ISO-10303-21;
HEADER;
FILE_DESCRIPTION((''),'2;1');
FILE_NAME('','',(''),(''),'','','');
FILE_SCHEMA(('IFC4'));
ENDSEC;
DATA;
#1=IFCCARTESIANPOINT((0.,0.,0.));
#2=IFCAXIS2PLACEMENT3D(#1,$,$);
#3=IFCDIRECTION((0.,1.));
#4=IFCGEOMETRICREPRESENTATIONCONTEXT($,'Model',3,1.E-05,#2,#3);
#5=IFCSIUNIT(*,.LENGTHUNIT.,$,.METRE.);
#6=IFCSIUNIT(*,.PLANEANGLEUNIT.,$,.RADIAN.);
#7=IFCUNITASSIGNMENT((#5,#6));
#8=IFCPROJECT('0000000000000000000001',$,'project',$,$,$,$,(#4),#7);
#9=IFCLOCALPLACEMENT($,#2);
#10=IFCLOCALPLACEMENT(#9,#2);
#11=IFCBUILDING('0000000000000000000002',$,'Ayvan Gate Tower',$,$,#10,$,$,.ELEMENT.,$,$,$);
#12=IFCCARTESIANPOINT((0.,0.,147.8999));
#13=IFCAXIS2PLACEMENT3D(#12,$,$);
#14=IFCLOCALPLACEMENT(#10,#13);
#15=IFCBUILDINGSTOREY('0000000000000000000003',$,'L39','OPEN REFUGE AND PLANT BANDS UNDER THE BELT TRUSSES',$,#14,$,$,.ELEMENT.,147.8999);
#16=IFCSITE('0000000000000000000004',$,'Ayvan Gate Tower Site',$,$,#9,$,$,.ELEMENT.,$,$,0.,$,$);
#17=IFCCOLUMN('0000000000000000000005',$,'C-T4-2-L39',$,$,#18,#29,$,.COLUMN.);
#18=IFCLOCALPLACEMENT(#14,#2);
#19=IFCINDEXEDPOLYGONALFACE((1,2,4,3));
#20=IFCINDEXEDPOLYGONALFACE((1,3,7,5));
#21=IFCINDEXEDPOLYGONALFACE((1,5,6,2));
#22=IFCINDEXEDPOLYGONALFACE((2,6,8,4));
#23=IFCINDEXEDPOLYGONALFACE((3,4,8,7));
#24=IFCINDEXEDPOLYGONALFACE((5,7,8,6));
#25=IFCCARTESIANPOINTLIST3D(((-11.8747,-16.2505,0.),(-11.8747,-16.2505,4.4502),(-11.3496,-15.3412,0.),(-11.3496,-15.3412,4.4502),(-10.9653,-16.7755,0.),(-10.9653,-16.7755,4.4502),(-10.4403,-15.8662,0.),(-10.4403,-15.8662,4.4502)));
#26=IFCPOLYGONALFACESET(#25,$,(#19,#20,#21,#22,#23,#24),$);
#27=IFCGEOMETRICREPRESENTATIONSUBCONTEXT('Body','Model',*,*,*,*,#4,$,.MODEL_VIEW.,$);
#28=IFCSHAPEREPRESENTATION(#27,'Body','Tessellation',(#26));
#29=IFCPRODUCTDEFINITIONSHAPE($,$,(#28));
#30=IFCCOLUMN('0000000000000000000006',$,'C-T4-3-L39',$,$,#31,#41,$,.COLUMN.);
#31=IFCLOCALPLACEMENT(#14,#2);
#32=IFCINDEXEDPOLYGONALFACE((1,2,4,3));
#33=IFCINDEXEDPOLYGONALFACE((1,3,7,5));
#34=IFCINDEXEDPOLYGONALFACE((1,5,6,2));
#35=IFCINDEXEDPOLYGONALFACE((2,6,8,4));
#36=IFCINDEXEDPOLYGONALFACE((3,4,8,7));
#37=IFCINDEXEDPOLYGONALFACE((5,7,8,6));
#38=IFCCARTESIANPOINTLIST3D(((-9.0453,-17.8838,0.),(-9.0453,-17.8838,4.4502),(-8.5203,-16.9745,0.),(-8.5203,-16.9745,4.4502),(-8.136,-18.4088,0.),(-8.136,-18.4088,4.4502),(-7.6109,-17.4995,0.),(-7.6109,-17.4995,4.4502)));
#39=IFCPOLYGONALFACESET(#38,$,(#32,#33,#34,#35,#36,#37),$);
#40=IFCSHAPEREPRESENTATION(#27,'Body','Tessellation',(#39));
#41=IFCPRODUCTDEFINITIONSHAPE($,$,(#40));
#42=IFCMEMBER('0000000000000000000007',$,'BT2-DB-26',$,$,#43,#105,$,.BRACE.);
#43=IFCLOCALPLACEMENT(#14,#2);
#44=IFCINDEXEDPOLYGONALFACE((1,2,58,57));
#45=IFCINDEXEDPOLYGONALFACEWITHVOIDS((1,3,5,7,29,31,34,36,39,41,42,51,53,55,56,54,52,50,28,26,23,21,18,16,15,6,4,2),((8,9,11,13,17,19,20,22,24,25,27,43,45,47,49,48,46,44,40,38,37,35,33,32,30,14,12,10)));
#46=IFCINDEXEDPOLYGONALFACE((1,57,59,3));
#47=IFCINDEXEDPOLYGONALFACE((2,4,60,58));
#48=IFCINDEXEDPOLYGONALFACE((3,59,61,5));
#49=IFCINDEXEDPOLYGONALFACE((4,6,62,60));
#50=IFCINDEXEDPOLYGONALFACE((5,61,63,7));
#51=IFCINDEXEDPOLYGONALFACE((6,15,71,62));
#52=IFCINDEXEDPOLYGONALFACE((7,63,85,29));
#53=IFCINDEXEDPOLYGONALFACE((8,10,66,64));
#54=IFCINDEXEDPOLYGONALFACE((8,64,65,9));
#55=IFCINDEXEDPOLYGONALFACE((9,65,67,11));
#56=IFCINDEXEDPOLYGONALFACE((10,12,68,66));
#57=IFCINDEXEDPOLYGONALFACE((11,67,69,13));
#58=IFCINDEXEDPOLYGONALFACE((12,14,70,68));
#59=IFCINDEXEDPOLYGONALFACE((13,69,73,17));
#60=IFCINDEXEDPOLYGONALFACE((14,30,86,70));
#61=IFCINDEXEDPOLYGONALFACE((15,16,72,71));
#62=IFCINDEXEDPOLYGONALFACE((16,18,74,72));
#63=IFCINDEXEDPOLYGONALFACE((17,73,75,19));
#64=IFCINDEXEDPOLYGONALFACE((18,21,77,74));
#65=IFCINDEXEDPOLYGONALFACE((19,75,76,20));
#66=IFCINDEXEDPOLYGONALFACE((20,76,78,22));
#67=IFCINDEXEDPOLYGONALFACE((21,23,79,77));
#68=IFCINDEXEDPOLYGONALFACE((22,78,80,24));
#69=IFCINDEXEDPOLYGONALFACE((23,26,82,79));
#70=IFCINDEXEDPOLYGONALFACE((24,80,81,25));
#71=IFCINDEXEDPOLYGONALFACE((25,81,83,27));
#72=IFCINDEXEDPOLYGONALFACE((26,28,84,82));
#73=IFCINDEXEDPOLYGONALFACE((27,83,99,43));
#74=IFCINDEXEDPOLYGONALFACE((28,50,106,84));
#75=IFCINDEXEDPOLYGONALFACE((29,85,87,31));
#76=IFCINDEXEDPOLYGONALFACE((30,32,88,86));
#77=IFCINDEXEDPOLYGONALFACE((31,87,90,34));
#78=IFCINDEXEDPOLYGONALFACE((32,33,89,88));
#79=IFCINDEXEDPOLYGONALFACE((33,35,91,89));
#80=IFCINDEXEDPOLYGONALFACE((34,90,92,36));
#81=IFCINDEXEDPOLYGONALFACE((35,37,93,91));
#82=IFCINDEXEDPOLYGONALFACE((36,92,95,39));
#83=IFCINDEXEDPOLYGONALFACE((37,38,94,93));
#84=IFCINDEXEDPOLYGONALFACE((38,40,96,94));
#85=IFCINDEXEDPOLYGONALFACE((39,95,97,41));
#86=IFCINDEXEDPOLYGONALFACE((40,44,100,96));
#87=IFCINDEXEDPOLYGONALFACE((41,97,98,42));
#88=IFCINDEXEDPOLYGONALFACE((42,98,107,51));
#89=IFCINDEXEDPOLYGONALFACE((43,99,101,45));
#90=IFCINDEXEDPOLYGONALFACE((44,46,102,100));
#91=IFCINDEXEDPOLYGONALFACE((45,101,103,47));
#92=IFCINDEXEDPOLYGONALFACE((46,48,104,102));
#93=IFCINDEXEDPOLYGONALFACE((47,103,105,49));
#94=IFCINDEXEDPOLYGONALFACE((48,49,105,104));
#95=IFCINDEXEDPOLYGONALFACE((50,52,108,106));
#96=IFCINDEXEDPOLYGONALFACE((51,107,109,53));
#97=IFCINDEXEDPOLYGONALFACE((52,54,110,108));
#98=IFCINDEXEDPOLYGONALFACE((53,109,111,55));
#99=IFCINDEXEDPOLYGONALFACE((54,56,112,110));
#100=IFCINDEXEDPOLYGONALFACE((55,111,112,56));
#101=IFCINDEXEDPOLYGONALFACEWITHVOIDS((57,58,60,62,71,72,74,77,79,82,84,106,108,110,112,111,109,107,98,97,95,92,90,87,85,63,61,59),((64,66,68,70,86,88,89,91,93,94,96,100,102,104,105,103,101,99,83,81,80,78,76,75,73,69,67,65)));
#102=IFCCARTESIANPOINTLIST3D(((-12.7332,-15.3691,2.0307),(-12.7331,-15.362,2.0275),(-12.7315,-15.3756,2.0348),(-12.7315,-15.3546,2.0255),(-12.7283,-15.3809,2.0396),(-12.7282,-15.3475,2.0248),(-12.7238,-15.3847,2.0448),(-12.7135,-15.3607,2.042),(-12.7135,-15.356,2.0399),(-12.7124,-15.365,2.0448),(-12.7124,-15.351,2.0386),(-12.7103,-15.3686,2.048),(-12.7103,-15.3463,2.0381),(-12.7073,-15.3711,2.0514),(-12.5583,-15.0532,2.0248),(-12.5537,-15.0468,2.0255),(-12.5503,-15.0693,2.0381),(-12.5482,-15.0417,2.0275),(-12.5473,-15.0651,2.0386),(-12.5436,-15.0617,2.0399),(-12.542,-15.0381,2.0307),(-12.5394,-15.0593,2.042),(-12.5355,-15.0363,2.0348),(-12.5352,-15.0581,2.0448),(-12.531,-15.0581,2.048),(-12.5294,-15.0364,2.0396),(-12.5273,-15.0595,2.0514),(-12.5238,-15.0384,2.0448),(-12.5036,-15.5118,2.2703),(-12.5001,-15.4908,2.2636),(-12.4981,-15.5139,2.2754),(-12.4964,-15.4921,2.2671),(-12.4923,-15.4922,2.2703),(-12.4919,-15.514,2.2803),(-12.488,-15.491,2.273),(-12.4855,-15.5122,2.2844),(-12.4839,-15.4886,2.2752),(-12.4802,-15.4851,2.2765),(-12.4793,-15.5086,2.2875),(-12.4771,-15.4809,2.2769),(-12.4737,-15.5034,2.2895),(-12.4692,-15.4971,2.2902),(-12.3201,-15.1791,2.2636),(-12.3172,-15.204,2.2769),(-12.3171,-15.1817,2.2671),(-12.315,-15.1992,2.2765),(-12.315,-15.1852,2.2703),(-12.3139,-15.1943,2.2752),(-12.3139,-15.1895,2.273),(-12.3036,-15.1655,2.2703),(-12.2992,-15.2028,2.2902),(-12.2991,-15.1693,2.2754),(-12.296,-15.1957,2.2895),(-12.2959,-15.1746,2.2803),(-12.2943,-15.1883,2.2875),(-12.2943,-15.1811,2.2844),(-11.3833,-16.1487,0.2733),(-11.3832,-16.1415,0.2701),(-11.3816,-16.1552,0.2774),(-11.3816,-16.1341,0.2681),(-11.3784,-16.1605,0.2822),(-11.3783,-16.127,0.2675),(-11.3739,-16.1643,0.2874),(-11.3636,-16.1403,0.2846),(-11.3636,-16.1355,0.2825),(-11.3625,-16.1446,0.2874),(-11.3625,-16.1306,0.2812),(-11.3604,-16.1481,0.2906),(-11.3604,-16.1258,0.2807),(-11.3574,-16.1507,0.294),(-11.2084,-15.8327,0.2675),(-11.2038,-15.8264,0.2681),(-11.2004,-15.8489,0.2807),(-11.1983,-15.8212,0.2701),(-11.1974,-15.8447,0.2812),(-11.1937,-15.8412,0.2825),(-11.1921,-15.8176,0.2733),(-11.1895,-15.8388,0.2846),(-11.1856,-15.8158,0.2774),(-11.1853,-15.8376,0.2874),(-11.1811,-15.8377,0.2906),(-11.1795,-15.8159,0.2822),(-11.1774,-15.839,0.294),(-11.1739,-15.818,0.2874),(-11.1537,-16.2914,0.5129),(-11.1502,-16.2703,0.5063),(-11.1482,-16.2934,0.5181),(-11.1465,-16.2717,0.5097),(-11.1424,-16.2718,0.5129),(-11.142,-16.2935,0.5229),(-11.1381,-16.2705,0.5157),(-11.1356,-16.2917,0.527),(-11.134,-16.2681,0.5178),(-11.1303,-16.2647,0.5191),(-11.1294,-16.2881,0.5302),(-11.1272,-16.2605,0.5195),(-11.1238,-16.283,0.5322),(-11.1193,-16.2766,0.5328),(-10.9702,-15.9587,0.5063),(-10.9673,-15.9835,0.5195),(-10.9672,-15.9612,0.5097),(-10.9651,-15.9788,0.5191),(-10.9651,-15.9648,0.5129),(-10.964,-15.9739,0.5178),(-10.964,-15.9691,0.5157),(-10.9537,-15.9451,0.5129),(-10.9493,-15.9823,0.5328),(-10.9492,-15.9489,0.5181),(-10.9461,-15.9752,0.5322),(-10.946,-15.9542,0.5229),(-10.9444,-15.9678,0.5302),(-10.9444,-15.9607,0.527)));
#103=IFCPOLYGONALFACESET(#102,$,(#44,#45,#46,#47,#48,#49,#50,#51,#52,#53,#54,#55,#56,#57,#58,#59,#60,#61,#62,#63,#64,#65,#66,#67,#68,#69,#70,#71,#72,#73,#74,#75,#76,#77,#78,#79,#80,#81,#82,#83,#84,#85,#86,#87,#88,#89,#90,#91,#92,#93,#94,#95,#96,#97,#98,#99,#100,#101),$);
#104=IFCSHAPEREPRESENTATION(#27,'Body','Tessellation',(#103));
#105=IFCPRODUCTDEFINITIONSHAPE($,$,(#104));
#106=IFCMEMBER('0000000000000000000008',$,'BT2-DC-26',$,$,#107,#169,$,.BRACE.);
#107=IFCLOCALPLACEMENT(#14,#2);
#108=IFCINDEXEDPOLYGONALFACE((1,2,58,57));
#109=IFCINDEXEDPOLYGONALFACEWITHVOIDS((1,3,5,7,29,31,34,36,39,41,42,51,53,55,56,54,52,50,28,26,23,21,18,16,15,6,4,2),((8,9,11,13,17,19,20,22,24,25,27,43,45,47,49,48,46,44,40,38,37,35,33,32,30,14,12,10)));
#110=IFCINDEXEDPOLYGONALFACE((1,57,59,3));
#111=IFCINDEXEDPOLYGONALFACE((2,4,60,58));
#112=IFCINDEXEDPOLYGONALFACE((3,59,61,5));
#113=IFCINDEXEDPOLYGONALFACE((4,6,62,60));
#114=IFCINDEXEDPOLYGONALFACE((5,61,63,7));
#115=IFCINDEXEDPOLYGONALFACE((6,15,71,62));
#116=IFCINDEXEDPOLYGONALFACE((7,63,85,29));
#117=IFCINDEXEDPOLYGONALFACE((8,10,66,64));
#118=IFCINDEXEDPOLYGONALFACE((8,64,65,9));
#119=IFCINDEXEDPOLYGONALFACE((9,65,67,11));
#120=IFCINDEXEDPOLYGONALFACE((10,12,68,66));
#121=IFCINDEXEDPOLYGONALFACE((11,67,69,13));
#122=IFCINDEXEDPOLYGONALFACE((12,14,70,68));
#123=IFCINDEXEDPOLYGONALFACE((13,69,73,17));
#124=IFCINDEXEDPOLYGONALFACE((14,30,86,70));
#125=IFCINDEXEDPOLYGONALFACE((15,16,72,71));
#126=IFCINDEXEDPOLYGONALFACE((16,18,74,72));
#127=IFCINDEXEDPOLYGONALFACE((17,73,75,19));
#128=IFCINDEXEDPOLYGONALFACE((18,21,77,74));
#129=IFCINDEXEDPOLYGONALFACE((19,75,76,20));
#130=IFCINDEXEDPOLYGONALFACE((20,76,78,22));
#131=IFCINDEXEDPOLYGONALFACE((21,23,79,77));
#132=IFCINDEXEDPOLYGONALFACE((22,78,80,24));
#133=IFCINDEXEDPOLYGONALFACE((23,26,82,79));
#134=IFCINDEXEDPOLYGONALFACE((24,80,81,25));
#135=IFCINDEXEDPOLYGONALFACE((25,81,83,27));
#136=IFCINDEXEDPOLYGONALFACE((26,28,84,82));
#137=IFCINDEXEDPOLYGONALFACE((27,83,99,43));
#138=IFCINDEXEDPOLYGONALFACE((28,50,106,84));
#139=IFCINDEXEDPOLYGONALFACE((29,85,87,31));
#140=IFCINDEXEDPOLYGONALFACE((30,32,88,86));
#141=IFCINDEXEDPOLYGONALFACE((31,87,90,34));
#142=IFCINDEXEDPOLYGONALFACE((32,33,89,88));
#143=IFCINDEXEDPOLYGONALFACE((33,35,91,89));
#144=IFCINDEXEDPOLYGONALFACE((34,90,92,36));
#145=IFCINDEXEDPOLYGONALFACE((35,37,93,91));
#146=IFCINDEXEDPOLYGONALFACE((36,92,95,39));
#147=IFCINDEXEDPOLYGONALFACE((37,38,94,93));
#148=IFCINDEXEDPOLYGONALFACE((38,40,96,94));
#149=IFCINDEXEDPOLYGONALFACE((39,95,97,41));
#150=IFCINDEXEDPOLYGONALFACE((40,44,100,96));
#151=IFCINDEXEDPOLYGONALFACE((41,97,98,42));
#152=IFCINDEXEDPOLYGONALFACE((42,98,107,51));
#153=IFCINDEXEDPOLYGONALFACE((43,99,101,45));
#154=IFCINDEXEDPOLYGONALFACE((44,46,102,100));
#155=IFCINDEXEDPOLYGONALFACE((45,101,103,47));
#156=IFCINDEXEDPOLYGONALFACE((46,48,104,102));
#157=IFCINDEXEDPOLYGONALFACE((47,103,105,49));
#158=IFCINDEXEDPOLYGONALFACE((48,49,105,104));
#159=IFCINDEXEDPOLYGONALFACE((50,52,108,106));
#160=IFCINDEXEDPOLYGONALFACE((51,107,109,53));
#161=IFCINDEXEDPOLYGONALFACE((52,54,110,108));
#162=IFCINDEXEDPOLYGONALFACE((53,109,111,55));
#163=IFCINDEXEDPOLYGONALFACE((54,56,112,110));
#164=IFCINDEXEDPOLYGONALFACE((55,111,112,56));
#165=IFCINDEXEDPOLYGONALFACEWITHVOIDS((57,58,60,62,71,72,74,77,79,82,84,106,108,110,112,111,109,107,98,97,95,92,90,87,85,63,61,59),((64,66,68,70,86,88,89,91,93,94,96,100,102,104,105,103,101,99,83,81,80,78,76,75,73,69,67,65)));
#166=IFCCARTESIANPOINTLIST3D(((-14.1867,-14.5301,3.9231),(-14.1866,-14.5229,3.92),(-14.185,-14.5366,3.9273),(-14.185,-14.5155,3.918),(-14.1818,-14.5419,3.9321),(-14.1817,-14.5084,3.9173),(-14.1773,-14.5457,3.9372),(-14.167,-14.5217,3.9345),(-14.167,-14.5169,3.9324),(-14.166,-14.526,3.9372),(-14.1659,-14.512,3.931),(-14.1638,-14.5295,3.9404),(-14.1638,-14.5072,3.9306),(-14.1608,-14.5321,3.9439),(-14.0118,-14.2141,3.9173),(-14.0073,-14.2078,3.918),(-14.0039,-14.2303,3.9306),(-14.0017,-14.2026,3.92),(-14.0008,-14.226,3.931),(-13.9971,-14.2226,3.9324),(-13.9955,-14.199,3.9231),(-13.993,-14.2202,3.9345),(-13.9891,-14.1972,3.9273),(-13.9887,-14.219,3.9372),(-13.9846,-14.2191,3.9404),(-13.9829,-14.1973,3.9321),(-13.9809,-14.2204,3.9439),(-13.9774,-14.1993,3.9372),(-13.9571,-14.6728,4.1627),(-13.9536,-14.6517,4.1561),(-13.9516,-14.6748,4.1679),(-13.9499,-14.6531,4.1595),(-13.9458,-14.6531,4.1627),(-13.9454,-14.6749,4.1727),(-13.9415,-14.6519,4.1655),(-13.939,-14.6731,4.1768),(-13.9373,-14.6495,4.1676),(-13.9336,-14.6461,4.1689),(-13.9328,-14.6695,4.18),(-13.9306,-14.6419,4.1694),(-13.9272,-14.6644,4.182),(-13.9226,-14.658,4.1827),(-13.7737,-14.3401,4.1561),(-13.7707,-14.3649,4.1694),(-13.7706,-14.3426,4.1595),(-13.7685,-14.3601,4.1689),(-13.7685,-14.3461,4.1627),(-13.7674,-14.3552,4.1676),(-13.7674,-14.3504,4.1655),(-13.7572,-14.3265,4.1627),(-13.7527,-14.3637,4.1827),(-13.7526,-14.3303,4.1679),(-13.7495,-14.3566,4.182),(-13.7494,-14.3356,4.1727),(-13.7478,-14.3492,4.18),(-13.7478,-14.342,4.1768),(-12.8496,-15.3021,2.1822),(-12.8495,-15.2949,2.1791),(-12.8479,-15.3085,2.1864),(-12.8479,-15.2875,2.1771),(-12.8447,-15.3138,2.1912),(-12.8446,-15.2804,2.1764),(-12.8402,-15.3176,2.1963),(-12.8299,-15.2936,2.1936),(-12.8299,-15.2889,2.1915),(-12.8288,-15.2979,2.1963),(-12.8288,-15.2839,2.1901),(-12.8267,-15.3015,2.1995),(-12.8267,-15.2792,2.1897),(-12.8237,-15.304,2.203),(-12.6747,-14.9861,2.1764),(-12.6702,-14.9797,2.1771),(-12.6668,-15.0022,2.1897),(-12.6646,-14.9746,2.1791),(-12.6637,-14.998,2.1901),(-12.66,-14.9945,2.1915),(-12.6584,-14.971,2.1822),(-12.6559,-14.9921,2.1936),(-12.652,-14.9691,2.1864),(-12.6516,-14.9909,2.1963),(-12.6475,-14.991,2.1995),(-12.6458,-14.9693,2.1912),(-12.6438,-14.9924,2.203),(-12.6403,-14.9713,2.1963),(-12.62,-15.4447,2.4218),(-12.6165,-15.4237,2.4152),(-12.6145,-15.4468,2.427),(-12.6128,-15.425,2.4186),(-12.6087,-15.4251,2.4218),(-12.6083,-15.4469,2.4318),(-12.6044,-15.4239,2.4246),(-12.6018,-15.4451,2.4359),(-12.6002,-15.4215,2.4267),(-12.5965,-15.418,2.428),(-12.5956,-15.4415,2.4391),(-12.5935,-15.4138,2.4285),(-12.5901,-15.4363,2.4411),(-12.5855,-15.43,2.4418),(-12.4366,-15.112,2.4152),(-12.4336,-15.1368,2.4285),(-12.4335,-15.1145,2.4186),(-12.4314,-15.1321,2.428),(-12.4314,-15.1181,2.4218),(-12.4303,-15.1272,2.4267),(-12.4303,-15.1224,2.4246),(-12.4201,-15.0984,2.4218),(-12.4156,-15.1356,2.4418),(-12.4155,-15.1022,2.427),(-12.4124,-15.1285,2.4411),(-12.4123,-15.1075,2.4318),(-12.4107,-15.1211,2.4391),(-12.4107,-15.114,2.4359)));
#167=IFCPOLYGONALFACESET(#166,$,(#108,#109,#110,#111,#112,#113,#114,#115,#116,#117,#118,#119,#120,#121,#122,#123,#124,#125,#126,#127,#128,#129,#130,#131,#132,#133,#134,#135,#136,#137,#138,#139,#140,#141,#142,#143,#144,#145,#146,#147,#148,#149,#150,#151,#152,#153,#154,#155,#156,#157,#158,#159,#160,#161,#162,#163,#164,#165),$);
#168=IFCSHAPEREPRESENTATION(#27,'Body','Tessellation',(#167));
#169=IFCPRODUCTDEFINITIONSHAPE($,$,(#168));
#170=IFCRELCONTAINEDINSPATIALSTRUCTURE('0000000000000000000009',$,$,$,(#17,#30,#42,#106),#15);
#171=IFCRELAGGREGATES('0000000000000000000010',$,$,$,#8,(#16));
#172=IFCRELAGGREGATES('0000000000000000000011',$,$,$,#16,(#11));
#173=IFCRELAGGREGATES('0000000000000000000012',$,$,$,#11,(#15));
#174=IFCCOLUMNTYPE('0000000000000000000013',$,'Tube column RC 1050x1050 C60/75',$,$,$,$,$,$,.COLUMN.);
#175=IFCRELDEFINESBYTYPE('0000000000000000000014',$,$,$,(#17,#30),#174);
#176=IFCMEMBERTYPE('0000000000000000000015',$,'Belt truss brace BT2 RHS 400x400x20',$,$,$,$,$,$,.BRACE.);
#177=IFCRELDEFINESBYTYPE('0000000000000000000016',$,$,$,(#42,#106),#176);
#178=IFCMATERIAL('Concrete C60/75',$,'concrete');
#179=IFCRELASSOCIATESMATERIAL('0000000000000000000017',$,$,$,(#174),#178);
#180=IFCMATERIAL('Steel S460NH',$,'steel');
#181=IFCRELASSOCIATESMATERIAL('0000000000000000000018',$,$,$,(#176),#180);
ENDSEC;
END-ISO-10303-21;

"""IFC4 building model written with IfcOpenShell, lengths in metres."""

from ifc_helpers import new_model, si_unit, direction, frame, origin, origin_2d, place, context, subcontext, project, spatial, rectangle, hollow_rectangle, extrude, material, material_profile, profile_set, type_object, element, save


model = new_model("IFC4")

# Units and contexts
model_context = context("Model", 3, precision=1e-05, world=origin(), true_north=direction((0.0, 1.0)))
body_context = subcontext(model_context, "Body", "Model", "MODEL_VIEW")
ifc_project = project(units=[si_unit("LENGTHUNIT", "METRE"), si_unit("PLANEANGLEUNIT", "RADIAN")], contexts=[model_context])

# Site, building, storey
site_placement = place(None, origin())
site = spatial("IfcSite", under=ifc_project, at=site_placement, Name="Ayvan Gate Tower Site", CompositionType="ELEMENT", RefElevation=0.0)
building_placement = place(site_placement, origin())
building = spatial("IfcBuilding", under=site, at=building_placement, Name="Ayvan Gate Tower", CompositionType="ELEMENT")
storey_placement = place(building_placement, frame((0.0, 0.0, 147.8999)))
storey = spatial("IfcBuildingStorey", under=building, at=storey_placement, Name="L39", Description="OPEN REFUGE AND PLANT BANDS UNDER THE BELT TRUSSES", CompositionType="ELEMENT", Elevation=147.8999)

# Columns
ifc_material_1 = material(Name="Concrete C60/75", Category="concrete")
ifc_material_profile_1 = material_profile(ifc_material_1, rectangle(XDim=1.05, YDim=1.05, at=origin_2d()), Name="RC 1050x1050")
ifc_profile_set_1 = profile_set([ifc_material_profile_1], Name="Concrete C60/75")
column_type = type_object("IfcColumnType", Name="Tube column RC 1050x1050 C60/75", PredefinedType="COLUMN", material=ifc_profile_set_1)
for number, where, z_axis, x_axis, name in (
    (1, (-11.1575, -16.0583, 0.0), (0.0, 0.0, 1.0), (-0.5, -0.866025, 0.0), "C-T4-2-L39"),
    (2, (-8.3281, -17.6917, 0.0), (0.0, 0.0, 1.0), (-0.5, -0.866025, 0.0), "C-T4-3-L39"),
):
    element("IfcColumn", number, at=place(storey_placement, frame(where, z_axis=z_axis, x_axis=x_axis)), inside=storey, type_object=column_type, Name=name, PredefinedType="COLUMN", context=body_context, shape_type="SweptSolid", body=[
        extrude(rectangle(XDim=1.05, YDim=1.05, at=origin_2d()), origin(), (0.0, 0.0, 1.0), 4.4502),
    ])

# Members
ifc_material_2 = material(Name="Steel S460NH", Category="steel")
ifc_material_profile_2 = material_profile(ifc_material_2, hollow_rectangle(XDim=0.3999, YDim=0.3999, WallThickness=0.02, InnerFilletRadius=0.02, OuterFilletRadius=0.03, at=origin_2d()), Name="RHS 400x400x20")
ifc_profile_set_2 = profile_set([ifc_material_profile_2], Name="Steel S460NH")
member_type_1 = type_object("IfcMemberType", Name="Belt truss brace BT2 RHS 400x400x20", PredefinedType="BRACE", material=ifc_profile_set_2)
member_1_placement = place(storey_placement, frame((-11.1638, -16.0547, 0.4001), z_axis=(-0.574641, 0.331856, 0.748104), x_axis=(-0.500098, -0.865969, 0.0)))
element("IfcMember", 3, at=member_1_placement, inside=storey, type_object=member_type_1, Name="BT2-DB-26", PredefinedType="BRACE", context=body_context, shape_type="SweptSolid", body=[
    extrude(hollow_rectangle(XDim=0.3999, YDim=0.3999, WallThickness=0.02, InnerFilletRadius=0.02, OuterFilletRadius=0.03, at=origin_2d()), origin(), (0.0, 0.0, 1.0), 2.3491),
])
member_2_placement = place(storey_placement, frame((-12.6301, -15.208, 2.3091), z_axis=(-0.574629, 0.331747, 0.748161), x_axis=(-0.499983, -0.866035, 0.0)))
element("IfcMember", 4, at=member_2_placement, inside=storey, type_object=member_type_1, Name="BT2-DC-26", PredefinedType="BRACE", context=body_context, shape_type="SweptSolid", body=[
    extrude(hollow_rectangle(XDim=0.3999, YDim=0.3999, WallThickness=0.02, InnerFilletRadius=0.02, OuterFilletRadius=0.03, at=origin_2d()), origin(), (0.0, 0.0, 1.0), 2.3269),
])

save(model, "model.ifc")
